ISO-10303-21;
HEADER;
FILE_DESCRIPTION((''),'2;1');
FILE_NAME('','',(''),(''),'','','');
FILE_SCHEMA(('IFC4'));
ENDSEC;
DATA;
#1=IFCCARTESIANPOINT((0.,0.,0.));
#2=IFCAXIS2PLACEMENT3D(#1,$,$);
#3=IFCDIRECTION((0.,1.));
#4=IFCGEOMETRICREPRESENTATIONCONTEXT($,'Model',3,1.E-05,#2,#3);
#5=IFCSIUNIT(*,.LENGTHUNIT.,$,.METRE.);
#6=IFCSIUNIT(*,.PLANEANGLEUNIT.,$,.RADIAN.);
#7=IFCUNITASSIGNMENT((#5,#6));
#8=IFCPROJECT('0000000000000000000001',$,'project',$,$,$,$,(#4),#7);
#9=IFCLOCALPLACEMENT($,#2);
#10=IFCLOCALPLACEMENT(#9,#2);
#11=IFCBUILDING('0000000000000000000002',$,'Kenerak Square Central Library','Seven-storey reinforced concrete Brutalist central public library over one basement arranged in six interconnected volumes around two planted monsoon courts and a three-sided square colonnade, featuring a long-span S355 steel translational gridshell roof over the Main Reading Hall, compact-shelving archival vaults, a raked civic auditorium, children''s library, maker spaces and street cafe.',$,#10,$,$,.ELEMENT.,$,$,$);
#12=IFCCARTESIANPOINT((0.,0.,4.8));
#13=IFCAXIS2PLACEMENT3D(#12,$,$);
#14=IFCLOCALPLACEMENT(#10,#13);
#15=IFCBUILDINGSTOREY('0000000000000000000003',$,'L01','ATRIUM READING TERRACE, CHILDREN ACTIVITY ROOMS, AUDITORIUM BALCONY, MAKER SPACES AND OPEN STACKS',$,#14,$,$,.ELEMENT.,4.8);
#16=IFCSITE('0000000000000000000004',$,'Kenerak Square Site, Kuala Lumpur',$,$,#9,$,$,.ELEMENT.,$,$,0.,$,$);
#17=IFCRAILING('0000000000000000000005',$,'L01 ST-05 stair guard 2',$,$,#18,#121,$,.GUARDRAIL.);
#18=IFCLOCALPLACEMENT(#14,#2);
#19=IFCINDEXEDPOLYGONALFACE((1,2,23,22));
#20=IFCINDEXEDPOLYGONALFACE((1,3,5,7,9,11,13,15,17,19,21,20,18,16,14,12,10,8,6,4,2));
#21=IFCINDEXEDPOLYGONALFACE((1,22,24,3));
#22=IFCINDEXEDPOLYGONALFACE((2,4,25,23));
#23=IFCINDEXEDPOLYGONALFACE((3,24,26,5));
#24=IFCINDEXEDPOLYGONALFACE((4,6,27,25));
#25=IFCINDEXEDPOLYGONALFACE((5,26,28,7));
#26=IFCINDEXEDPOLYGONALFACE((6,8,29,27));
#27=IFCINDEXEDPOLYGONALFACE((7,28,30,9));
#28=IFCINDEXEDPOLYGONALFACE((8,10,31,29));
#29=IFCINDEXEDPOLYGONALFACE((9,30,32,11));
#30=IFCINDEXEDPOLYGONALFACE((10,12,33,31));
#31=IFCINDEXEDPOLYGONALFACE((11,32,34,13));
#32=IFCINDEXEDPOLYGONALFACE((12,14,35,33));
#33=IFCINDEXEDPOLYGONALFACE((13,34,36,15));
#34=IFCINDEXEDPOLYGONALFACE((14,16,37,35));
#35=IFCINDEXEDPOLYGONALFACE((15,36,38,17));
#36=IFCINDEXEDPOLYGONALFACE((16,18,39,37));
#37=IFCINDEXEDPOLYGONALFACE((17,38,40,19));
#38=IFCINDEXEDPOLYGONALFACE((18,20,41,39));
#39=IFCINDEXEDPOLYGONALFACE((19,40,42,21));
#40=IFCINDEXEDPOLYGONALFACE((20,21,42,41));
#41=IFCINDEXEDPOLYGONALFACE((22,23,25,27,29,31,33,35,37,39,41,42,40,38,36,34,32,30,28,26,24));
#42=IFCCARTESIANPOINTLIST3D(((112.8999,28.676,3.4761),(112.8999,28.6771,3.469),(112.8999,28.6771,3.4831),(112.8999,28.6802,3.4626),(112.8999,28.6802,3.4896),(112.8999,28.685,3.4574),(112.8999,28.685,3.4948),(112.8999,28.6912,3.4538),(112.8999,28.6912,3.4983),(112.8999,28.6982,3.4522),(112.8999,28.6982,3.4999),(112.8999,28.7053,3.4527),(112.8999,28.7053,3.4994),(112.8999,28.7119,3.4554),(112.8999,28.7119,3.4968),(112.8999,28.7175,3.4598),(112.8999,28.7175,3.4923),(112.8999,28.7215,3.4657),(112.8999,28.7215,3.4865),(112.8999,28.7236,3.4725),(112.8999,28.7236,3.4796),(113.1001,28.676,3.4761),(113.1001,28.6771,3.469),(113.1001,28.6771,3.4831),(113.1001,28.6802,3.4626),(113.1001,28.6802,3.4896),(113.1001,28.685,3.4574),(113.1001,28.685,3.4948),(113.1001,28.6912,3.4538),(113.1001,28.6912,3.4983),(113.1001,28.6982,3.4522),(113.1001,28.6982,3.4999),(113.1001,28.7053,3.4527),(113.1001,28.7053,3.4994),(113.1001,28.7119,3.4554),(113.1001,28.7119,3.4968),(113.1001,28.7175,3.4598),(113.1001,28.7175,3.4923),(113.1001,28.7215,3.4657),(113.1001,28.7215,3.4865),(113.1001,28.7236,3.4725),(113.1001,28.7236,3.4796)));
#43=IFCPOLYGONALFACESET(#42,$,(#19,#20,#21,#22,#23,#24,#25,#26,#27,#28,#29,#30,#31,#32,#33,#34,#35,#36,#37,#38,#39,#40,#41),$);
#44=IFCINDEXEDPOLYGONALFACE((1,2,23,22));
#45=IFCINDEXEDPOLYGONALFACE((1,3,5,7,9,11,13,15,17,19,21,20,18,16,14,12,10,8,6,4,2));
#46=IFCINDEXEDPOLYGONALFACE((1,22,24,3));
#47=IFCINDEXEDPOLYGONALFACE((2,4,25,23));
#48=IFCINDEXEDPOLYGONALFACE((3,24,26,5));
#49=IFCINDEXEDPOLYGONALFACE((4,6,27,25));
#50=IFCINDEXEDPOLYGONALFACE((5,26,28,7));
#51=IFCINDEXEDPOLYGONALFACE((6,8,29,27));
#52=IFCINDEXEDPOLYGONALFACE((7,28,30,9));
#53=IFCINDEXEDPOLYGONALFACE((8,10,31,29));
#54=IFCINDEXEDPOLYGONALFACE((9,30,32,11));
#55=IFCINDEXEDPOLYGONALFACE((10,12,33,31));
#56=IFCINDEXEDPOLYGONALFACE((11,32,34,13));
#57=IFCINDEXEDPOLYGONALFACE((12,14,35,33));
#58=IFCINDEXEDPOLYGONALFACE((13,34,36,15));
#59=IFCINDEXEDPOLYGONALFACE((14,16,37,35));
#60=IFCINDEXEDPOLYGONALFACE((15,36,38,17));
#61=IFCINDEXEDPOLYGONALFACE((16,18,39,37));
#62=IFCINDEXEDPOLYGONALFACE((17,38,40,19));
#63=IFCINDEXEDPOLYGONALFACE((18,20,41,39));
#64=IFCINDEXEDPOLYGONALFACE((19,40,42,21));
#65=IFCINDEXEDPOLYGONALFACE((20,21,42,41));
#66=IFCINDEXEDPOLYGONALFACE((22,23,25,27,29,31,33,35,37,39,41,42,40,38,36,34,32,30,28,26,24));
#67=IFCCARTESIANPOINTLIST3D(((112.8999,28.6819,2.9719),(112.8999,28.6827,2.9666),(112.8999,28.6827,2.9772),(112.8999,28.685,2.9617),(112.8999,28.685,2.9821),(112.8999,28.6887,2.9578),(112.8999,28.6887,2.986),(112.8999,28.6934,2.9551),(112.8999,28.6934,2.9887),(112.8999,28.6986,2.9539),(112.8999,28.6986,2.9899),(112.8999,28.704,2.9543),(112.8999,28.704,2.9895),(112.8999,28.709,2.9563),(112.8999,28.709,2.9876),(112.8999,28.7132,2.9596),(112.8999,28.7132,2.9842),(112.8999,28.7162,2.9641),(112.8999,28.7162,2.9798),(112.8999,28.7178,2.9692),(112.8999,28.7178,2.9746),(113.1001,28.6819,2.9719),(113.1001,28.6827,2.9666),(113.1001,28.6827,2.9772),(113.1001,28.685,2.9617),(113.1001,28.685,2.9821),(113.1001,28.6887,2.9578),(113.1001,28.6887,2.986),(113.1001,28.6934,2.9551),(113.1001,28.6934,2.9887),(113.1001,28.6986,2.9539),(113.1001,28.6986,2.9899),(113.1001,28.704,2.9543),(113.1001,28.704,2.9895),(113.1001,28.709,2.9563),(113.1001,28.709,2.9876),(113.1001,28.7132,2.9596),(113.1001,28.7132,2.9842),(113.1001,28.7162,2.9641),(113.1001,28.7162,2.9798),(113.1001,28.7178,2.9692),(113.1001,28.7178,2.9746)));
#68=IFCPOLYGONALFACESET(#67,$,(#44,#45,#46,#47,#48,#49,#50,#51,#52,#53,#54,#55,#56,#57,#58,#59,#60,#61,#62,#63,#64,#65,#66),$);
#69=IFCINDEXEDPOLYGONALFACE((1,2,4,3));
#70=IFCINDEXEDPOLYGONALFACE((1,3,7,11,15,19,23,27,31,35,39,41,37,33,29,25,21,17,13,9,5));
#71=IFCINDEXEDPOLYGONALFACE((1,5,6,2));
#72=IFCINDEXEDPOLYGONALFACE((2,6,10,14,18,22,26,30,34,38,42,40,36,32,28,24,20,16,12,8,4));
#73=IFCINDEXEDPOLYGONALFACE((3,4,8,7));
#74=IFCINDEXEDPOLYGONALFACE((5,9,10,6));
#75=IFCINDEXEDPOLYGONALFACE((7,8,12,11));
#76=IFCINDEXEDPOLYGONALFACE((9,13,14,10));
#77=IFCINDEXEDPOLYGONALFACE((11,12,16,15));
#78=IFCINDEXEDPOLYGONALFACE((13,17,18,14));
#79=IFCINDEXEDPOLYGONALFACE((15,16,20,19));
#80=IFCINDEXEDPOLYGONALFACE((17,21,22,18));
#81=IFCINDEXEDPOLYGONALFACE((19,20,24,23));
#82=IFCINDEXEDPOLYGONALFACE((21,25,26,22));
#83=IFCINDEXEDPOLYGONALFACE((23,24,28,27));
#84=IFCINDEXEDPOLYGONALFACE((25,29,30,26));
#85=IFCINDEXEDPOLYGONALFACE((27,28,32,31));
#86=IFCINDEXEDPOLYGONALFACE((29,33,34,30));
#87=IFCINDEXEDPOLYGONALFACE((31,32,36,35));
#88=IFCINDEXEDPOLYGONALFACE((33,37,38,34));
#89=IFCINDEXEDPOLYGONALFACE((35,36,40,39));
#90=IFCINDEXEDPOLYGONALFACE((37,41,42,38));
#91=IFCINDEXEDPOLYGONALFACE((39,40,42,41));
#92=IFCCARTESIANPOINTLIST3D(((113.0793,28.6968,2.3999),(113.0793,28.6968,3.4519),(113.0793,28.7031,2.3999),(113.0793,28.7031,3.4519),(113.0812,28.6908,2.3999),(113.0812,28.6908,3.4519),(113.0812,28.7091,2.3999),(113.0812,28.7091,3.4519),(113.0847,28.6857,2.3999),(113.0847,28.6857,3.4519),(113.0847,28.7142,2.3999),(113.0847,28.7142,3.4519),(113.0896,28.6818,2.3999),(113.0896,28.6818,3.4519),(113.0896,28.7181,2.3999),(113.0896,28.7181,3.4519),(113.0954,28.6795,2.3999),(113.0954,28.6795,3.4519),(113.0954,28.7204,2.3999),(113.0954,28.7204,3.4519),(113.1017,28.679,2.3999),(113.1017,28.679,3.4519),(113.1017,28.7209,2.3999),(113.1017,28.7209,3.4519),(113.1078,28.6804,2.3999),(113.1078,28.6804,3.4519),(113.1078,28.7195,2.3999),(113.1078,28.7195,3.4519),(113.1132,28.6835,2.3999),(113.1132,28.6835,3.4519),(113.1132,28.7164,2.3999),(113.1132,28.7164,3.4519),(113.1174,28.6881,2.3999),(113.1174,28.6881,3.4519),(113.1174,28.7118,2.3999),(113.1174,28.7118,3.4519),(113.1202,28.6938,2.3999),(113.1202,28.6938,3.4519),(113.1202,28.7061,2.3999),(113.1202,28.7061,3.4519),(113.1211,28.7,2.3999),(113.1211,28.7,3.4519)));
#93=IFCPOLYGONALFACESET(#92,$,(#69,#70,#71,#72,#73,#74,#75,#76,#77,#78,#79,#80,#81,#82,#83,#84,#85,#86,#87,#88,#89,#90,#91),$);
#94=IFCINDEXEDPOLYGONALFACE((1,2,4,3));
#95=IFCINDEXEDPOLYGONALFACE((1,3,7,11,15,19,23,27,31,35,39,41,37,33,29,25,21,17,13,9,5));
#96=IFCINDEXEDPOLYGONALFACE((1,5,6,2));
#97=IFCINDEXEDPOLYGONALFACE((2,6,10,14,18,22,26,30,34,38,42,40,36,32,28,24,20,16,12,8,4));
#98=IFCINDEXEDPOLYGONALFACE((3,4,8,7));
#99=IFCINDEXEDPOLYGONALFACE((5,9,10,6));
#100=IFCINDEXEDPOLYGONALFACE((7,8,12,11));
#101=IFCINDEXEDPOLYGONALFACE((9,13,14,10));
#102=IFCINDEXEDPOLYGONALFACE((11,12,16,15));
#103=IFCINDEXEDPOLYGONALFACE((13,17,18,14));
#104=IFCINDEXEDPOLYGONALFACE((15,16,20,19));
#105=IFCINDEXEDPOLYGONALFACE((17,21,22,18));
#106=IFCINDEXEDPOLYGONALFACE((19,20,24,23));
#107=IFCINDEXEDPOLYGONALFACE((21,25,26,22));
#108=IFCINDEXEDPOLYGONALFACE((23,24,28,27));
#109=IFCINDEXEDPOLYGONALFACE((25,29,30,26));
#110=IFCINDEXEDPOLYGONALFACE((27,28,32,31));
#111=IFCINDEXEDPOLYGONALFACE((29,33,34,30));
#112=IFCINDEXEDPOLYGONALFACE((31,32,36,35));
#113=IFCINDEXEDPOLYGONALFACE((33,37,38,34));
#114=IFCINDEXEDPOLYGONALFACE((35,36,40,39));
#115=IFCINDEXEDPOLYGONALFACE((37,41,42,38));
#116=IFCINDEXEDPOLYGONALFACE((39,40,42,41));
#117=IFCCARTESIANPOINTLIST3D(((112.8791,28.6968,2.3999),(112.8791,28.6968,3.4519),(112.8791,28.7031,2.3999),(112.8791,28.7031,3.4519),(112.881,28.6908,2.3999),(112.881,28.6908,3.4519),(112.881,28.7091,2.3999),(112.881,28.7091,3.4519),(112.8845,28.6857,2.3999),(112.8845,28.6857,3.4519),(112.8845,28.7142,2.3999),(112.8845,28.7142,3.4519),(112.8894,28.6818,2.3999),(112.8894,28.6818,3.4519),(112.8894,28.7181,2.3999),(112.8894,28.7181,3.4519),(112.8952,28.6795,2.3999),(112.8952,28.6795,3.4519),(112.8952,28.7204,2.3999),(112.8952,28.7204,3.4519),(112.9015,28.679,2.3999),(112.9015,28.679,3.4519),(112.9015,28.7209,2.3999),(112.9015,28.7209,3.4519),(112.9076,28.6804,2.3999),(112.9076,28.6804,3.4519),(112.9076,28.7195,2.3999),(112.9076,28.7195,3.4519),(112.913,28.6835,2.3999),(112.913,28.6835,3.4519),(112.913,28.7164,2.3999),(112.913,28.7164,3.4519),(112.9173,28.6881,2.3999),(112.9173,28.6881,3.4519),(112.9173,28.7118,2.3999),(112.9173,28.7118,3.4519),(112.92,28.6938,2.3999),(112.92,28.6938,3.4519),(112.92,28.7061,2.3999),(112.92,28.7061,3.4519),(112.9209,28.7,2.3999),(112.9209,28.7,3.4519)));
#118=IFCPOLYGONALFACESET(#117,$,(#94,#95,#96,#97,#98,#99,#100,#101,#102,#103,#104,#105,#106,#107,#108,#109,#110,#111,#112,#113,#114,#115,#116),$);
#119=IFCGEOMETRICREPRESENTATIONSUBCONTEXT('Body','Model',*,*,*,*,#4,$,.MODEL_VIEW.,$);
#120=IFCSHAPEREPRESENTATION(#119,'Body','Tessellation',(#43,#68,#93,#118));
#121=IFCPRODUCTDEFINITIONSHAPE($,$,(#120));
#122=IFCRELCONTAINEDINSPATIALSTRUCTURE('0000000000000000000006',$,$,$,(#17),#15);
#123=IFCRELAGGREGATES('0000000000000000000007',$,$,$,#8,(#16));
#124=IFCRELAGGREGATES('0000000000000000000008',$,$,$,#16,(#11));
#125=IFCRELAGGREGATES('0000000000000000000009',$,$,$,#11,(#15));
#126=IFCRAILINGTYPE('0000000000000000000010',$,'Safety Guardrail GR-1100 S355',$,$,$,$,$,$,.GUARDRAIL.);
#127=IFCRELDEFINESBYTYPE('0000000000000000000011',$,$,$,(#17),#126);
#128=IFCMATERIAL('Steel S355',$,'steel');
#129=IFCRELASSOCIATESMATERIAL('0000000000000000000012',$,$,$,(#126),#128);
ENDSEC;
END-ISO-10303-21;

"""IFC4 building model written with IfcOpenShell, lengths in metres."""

from ifc_helpers import new_model, si_unit, direction, frame, origin, origin_2d, place, context, subcontext, project, spatial, circle, extrude, material, type_object, element, save


model = new_model("IFC4")

# Units and contexts
model_context = context("Model", 3, precision=1e-05, world=origin(), true_north=direction((0.0, 1.0)))
body_context = subcontext(model_context, "Body", "Model", "MODEL_VIEW")
ifc_project = project(units=[si_unit("LENGTHUNIT", "METRE"), si_unit("PLANEANGLEUNIT", "RADIAN")], contexts=[model_context])

# Site, building, storey
site_placement = place(None, origin())
site = spatial("IfcSite", under=ifc_project, at=site_placement, Name="Kenerak Square Site, Kuala Lumpur", CompositionType="ELEMENT", RefElevation=0.0)
building_placement = place(site_placement, origin())
building = spatial("IfcBuilding", under=site, at=building_placement, Name="Kenerak Square Central Library", Description="Seven-storey reinforced concrete Brutalist central public library over one basement arranged in six interconnected volumes around two planted monsoon courts and a three-sided square colonnade, featuring a long-span S355 steel translational gridshell roof over the Main Reading Hall, compact-shelving archival vaults, a raked civic auditorium, children's library, maker spaces and street cafe.", CompositionType="ELEMENT")
storey_placement = place(building_placement, frame((0.0, 0.0, 4.8)))
storey = spatial("IfcBuildingStorey", under=building, at=storey_placement, Name="L01", Description="ATRIUM READING TERRACE, CHILDREN ACTIVITY ROOMS, AUDITORIUM BALCONY, MAKER SPACES AND OPEN STACKS", CompositionType="ELEMENT", Elevation=4.8)

# Shared definitions
ifc_material_1 = material(Name="Steel S355", Category="steel")

# Railing
railing_type_1 = type_object("IfcRailingType", Name="Safety Guardrail GR-1100 S355", PredefinedType="GUARDRAIL", material=ifc_material_1)
railing_1_placement = place(storey_placement, frame((113.1001, 28.7, 2.3999)))
element("IfcRailing", 1, at=railing_1_placement, inside=storey, type_object=railing_type_1, Name="L01 ST-05 stair guard 2", PredefinedType="GUARDRAIL", context=body_context, shape_type="SweptSolid", body=[
    extrude(circle(Radius=0.0239, at=origin_2d()), frame((0.0, 0.0, 1.0762), z_axis=(-1.0, 0.0, 0.0), x_axis=(0.0, -1.0, 0.0)), (0.0, 0.0, 1.0), 0.2002),
    extrude(circle(Radius=0.0181, at=origin_2d()), frame((0.0, 0.0, 0.572), z_axis=(-1.0, 0.0, 0.0), x_axis=(0.0, -1.0, 0.0)), (0.0, 0.0, 1.0), 0.2002),
    extrude(circle(Radius=0.021, at=origin_2d()), origin(), (0.0, 0.0, 1.0), 1.052),
    extrude(circle(Radius=0.021, at=origin_2d()), frame((-0.2002, 0.0, 0.0)), (0.0, 0.0, 1.0), 1.052),
])

save(model, "model.ifc")
